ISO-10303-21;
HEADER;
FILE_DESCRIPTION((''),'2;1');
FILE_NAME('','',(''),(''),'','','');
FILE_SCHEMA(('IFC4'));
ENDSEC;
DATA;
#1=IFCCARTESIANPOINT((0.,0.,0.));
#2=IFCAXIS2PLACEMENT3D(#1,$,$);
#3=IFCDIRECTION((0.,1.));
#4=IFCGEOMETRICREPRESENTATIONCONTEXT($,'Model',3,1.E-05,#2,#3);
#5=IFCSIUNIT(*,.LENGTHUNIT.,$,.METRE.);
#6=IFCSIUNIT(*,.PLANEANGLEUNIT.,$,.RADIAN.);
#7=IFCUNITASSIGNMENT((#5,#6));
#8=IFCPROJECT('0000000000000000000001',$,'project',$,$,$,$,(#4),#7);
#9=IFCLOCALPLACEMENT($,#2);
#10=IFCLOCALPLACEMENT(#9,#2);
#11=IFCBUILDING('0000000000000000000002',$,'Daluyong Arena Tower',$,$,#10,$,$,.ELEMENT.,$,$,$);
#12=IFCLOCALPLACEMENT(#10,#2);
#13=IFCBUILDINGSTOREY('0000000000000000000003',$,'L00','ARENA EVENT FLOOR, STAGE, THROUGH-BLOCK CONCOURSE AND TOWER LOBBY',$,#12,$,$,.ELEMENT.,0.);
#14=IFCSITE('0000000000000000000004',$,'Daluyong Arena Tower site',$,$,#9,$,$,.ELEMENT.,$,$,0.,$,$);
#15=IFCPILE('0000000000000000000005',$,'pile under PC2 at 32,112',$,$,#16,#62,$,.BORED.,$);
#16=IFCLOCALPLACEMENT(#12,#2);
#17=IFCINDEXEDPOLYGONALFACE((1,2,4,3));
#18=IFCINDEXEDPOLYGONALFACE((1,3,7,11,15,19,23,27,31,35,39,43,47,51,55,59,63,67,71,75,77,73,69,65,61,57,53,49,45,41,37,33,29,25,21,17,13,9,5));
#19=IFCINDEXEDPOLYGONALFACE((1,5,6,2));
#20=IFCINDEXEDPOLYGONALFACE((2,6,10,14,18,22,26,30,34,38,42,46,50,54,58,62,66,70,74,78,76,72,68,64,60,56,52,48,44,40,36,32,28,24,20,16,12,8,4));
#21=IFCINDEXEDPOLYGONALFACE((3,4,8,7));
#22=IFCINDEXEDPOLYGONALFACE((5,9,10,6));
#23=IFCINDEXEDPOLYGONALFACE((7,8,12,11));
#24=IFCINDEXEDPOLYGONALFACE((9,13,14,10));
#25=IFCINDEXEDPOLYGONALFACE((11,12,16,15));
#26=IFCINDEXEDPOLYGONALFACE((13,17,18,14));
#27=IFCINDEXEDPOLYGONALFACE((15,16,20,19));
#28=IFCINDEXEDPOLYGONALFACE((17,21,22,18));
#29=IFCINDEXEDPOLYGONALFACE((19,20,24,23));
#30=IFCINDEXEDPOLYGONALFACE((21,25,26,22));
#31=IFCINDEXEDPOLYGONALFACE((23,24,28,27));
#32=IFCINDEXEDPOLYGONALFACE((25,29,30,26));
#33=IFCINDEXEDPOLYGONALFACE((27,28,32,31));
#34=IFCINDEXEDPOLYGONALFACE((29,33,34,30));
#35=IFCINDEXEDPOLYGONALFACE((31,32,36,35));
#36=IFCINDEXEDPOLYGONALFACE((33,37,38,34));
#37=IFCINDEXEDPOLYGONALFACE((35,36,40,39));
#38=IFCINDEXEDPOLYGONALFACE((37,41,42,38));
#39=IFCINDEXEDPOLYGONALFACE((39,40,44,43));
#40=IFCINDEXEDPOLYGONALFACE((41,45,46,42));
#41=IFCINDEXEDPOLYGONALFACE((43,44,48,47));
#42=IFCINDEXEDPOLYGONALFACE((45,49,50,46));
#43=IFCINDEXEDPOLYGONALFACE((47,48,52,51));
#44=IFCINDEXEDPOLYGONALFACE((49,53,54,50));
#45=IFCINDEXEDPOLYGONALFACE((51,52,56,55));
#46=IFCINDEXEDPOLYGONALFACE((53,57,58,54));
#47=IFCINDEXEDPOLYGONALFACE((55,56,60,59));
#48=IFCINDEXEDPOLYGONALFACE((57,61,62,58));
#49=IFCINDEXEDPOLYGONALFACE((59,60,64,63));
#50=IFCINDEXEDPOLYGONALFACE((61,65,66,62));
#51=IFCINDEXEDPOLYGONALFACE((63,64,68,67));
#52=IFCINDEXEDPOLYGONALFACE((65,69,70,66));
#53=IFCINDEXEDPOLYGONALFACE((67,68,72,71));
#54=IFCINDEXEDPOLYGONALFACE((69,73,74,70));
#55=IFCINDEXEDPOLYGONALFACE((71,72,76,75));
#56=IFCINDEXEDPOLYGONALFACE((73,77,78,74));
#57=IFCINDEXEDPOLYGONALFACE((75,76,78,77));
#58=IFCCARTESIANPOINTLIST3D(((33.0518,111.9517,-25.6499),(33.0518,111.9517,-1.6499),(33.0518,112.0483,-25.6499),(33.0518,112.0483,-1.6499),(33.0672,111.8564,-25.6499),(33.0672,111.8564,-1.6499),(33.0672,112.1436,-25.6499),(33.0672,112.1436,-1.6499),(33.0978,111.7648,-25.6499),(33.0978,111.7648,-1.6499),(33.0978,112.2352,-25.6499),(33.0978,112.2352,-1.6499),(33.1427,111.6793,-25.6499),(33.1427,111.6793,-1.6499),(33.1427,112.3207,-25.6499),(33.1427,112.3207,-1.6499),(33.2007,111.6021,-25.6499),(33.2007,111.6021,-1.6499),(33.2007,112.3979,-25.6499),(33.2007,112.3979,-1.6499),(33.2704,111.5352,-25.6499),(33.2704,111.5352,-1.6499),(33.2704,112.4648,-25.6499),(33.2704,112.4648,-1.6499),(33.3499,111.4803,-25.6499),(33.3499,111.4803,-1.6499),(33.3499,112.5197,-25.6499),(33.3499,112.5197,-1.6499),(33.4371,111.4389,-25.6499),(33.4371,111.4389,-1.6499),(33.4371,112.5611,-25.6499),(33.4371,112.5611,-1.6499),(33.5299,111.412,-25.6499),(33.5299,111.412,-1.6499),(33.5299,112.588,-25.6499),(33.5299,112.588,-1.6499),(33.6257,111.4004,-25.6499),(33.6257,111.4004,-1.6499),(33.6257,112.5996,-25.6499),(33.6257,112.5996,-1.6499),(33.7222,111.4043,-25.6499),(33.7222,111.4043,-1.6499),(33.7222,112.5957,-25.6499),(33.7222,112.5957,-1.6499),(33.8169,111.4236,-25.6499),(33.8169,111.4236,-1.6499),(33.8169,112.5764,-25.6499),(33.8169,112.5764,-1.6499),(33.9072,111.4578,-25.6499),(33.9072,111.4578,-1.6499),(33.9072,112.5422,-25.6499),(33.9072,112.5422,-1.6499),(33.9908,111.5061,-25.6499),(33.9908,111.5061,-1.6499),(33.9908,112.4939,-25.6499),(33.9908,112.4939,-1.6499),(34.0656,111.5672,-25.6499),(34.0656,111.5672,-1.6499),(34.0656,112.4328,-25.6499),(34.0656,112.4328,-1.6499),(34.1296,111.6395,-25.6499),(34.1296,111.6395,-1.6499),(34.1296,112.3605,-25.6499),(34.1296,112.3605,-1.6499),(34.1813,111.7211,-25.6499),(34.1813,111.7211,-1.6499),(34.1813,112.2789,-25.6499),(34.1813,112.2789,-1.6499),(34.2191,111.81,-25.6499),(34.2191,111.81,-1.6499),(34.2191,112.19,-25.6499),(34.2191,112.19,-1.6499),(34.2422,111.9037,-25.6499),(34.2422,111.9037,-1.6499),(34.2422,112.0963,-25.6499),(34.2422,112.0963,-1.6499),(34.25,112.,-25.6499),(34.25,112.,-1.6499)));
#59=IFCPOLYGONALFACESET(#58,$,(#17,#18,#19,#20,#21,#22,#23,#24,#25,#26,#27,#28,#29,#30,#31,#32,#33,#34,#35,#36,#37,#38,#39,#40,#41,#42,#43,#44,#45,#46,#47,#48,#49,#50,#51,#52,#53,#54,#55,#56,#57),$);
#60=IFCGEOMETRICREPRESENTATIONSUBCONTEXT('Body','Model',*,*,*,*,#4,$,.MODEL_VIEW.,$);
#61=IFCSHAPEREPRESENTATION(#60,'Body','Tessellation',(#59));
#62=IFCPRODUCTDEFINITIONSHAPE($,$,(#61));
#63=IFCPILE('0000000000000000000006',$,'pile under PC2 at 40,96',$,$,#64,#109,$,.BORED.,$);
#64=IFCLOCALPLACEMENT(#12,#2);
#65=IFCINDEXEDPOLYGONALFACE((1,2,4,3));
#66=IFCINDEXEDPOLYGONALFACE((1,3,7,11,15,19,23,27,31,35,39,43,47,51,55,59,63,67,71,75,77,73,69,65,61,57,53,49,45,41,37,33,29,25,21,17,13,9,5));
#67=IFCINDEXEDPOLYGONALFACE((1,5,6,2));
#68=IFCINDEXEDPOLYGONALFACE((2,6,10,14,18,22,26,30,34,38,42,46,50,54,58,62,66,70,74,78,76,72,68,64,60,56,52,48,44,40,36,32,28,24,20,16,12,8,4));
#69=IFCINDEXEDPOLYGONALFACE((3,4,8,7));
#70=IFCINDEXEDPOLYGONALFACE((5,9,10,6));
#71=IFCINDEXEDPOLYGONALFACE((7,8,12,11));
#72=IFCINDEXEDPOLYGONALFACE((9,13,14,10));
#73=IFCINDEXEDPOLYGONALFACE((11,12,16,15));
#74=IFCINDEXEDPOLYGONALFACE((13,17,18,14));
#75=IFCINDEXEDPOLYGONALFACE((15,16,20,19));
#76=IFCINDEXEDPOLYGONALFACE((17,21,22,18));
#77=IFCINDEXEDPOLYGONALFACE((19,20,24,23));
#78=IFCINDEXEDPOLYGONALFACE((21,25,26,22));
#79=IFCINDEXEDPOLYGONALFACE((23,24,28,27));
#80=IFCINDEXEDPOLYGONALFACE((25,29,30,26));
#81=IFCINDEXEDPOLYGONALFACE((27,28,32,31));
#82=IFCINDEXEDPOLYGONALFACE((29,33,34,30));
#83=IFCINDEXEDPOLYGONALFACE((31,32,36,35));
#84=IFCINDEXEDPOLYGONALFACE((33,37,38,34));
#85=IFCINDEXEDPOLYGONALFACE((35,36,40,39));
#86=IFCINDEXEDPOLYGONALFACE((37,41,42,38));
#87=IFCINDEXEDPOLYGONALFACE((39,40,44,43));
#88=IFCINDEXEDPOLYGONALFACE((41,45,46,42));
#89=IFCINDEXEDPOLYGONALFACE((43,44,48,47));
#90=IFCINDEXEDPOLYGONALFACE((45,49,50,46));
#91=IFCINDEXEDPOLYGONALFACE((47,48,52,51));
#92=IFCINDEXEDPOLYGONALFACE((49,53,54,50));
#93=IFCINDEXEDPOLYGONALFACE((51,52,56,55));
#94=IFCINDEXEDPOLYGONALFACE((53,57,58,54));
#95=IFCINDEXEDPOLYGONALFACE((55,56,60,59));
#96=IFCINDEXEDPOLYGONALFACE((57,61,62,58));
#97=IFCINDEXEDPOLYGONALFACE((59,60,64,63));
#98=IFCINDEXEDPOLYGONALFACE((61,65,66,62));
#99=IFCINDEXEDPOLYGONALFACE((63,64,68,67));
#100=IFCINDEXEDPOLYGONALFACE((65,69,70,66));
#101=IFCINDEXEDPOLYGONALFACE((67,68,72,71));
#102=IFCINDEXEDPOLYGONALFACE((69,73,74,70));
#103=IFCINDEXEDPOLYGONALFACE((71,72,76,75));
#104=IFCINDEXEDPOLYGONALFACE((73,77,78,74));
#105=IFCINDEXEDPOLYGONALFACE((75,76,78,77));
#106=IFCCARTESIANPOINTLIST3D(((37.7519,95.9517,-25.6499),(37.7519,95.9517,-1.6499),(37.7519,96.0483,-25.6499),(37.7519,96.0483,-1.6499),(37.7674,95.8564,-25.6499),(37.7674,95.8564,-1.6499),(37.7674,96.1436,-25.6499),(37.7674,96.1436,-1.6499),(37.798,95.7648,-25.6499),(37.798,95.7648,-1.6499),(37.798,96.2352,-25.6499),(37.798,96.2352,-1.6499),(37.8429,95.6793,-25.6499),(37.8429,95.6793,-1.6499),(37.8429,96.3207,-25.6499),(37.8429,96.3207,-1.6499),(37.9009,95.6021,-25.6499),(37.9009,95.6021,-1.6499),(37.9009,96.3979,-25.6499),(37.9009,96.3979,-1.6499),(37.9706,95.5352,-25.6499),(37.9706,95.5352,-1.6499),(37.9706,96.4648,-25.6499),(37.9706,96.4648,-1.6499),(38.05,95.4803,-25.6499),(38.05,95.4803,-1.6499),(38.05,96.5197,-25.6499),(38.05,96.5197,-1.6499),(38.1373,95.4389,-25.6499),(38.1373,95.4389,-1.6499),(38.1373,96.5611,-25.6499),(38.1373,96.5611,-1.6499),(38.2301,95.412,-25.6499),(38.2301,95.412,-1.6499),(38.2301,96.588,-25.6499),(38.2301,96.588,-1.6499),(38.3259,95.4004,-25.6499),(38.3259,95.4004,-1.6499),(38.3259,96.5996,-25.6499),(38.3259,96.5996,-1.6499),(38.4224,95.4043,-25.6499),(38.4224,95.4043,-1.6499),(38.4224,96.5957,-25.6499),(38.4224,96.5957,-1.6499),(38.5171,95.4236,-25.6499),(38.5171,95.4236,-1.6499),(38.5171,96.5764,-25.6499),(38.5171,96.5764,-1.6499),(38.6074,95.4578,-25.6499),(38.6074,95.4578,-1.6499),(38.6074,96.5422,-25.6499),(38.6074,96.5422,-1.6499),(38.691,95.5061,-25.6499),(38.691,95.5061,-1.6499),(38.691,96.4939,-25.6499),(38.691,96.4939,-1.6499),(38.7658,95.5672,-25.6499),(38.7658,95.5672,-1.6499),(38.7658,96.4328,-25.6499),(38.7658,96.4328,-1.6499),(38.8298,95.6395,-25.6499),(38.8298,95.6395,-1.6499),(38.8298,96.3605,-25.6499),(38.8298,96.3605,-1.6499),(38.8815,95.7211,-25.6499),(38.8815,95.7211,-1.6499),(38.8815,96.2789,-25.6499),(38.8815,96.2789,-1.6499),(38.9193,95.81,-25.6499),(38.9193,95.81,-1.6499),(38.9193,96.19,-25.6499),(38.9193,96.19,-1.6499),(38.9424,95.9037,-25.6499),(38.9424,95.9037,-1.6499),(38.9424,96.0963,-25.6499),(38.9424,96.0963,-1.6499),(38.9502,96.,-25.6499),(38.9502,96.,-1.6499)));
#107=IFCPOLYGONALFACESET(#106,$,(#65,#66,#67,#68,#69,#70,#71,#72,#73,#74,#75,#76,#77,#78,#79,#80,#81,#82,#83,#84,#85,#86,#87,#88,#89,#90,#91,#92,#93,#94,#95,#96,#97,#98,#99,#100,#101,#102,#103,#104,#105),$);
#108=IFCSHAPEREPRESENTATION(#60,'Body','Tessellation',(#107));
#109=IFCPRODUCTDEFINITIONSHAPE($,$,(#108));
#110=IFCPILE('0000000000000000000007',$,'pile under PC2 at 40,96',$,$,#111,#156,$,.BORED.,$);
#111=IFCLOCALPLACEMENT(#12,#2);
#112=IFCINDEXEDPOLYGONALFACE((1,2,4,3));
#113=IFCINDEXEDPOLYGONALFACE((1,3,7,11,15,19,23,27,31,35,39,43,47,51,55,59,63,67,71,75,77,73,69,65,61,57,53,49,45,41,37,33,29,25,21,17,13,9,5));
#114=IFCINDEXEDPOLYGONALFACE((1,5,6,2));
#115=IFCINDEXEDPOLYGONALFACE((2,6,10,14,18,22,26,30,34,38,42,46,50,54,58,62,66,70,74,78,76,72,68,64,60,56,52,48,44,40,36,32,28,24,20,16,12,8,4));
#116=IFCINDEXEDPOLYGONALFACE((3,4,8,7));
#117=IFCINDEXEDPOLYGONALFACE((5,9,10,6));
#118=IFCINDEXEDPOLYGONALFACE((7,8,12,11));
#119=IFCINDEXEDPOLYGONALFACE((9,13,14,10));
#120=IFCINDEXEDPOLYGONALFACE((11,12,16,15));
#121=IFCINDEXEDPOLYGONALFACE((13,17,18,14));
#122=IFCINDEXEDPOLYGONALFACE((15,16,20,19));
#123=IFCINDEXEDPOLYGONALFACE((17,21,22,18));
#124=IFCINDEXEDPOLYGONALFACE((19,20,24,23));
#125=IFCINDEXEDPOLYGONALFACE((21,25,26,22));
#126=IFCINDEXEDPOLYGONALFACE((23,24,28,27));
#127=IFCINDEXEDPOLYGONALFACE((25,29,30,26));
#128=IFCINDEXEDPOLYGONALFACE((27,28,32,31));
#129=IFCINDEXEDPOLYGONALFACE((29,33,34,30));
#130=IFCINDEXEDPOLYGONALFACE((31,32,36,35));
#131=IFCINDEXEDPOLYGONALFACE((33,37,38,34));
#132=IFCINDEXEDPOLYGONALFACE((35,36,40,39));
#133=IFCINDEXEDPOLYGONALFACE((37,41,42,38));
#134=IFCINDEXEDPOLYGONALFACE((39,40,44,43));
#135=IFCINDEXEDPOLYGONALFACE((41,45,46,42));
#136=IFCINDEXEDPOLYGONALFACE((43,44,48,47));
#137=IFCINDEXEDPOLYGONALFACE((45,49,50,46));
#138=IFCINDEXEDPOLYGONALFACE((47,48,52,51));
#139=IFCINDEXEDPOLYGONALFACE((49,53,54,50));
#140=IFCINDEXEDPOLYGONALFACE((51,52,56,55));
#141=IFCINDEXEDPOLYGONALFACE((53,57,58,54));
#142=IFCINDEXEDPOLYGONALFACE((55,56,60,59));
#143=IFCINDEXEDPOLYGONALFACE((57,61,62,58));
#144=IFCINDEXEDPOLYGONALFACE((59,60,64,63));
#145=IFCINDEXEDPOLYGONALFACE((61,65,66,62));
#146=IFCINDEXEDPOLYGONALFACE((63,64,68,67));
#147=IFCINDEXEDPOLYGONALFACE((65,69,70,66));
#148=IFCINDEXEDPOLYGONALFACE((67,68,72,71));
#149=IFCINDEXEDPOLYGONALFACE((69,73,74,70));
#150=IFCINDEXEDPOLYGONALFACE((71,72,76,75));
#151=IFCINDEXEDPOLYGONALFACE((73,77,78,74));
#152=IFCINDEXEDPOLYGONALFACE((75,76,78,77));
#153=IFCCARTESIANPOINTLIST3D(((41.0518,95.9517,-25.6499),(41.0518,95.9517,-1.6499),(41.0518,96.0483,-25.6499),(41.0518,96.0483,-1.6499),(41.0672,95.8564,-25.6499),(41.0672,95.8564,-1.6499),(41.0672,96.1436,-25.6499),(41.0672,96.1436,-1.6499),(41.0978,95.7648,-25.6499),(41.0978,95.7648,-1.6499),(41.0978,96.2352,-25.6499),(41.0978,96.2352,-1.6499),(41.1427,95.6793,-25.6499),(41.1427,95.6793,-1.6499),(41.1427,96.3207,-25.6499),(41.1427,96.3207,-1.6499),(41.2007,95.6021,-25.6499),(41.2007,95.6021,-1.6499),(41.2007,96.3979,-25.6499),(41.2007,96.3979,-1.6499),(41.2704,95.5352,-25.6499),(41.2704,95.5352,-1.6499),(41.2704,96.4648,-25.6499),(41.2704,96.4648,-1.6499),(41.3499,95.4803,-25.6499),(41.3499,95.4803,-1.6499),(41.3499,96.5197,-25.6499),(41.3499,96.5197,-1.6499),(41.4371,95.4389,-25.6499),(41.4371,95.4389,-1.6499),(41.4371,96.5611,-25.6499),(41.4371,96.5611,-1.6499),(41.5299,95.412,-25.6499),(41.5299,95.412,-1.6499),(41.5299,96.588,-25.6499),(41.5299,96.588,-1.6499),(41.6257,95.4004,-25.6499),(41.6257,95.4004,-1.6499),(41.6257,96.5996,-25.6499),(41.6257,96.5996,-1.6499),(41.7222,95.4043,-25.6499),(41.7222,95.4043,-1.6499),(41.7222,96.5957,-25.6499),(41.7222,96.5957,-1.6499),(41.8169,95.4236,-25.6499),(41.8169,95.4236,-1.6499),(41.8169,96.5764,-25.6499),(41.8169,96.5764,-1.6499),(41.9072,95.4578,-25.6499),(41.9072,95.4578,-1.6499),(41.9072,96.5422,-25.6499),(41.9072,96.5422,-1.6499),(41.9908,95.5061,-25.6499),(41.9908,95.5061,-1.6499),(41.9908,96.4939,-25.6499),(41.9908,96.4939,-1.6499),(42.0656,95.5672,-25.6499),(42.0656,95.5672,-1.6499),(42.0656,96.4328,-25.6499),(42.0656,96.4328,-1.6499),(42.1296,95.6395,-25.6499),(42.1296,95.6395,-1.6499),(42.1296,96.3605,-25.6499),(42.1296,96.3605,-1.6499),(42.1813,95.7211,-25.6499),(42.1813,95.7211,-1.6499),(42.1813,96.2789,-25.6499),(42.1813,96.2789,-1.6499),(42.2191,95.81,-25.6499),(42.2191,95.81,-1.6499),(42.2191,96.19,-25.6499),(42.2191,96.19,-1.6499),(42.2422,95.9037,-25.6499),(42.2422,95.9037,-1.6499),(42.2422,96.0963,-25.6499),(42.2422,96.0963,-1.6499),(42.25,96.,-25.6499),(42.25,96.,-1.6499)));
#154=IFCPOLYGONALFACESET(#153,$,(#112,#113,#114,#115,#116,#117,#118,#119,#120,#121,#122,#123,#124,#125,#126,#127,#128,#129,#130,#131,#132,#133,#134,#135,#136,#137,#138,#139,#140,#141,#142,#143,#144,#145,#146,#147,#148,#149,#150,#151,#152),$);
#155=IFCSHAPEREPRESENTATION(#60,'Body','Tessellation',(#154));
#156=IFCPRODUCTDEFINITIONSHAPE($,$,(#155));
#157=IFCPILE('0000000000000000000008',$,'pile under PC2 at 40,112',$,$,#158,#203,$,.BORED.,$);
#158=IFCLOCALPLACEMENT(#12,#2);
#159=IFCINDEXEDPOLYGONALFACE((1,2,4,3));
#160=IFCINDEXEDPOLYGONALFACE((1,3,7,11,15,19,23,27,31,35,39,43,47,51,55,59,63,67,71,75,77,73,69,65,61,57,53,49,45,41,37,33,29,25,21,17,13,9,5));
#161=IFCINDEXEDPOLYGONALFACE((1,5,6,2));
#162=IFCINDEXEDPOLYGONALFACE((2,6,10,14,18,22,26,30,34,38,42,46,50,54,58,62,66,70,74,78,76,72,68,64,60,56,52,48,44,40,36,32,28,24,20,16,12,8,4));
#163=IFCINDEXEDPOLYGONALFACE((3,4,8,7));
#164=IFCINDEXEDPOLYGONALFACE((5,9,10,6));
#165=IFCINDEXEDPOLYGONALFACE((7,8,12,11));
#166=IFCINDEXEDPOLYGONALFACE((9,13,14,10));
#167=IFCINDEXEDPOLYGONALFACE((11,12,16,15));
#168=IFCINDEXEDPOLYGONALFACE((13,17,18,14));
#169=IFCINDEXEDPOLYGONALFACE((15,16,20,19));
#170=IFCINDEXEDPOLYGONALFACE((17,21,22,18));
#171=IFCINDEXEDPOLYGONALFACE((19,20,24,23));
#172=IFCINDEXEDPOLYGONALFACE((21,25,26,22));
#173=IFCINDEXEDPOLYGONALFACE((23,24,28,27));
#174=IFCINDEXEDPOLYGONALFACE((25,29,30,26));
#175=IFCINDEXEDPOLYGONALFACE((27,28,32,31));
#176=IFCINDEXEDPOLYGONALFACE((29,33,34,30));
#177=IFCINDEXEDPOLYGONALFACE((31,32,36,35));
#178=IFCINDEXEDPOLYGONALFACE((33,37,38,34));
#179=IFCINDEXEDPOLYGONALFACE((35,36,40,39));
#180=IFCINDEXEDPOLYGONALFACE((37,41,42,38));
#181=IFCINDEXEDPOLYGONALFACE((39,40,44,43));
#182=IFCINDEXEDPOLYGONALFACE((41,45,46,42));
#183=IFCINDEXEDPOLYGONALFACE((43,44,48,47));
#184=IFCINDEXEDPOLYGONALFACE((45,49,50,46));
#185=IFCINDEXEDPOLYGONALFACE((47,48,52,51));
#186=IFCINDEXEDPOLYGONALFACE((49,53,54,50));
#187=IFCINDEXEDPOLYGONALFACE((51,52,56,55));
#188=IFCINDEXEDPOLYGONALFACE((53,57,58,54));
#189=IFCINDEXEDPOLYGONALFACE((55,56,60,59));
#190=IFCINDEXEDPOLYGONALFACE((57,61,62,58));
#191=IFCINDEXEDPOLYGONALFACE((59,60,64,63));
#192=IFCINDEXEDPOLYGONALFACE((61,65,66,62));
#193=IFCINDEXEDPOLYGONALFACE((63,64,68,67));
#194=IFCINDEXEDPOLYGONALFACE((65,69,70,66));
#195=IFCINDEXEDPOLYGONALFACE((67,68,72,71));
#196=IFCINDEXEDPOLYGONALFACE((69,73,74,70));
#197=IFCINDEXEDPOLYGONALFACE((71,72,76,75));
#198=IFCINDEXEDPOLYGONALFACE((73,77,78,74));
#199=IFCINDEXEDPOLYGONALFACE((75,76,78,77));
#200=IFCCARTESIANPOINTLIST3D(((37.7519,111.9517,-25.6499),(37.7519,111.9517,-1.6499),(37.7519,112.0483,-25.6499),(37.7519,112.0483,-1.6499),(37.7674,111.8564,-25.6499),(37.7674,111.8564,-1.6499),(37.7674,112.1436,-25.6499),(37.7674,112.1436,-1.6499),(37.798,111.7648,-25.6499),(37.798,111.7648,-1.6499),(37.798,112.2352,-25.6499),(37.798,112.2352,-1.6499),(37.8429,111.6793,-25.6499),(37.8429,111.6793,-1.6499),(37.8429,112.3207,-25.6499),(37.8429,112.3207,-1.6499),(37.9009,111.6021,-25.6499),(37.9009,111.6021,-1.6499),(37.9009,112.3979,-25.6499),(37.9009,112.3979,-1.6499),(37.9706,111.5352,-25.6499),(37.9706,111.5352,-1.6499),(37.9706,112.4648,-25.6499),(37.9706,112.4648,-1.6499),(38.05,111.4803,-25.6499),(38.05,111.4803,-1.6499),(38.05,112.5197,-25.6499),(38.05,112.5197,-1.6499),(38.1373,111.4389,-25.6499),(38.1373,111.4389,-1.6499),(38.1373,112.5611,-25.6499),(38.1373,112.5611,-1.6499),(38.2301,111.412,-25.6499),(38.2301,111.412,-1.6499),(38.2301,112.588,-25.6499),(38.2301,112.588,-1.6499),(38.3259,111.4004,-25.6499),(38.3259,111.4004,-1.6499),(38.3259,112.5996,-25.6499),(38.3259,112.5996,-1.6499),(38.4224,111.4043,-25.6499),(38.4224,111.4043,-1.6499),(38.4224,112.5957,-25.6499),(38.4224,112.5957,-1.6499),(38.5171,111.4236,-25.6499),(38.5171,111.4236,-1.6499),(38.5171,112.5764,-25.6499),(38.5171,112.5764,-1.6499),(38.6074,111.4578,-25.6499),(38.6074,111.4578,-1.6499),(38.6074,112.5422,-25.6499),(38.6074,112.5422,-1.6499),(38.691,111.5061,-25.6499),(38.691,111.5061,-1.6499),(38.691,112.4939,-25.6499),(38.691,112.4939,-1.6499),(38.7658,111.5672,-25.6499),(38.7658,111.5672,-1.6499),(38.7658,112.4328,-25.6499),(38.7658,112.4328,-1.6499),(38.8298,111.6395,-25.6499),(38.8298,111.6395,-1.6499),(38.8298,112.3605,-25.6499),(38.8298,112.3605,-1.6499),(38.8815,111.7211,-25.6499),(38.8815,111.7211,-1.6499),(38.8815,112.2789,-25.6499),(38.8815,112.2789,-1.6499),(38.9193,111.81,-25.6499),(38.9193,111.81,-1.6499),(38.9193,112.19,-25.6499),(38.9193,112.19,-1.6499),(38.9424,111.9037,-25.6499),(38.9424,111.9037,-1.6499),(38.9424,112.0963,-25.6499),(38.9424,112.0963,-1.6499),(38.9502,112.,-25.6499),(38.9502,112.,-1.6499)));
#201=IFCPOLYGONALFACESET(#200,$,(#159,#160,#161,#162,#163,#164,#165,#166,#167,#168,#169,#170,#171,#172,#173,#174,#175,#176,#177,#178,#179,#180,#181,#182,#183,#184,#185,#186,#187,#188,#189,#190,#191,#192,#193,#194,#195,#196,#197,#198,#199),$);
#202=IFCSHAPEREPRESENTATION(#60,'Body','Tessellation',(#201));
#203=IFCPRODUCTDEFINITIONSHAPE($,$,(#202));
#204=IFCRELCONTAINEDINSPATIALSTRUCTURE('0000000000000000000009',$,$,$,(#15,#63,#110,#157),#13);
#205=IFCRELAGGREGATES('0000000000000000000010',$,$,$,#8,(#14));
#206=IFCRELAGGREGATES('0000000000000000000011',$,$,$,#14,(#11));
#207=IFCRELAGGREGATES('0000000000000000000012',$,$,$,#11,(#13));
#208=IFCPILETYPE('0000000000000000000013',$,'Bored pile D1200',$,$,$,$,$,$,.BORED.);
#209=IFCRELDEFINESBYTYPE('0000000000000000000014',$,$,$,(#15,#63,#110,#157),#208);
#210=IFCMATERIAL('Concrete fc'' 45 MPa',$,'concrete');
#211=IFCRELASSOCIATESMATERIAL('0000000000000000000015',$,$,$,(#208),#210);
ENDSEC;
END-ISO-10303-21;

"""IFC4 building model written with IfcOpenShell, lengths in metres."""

from ifc_helpers import new_model, si_unit, direction, frame, origin, origin_2d, place, context, subcontext, project, spatial, circle, extrude, material, type_object, element, save


model = new_model("IFC4")

# Units and contexts
model_context = context("Model", 3, precision=1e-05, world=origin(), true_north=direction((0.0, 1.0)))
body_context = subcontext(model_context, "Body", "Model", "MODEL_VIEW")
ifc_project = project(units=[si_unit("LENGTHUNIT", "METRE"), si_unit("PLANEANGLEUNIT", "RADIAN")], contexts=[model_context])

# Site, building, storey
site_placement = place(None, origin())
site = spatial("IfcSite", under=ifc_project, at=site_placement, Name="Daluyong Arena Tower site", CompositionType="ELEMENT", RefElevation=0.0)
building_placement = place(site_placement, origin())
building = spatial("IfcBuilding", under=site, at=building_placement, Name="Daluyong Arena Tower", CompositionType="ELEMENT")
storey_placement = place(building_placement, origin())
storey = spatial("IfcBuildingStorey", under=building, at=storey_placement, Name="L00", Description="ARENA EVENT FLOOR, STAGE, THROUGH-BLOCK CONCOURSE AND TOWER LOBBY", CompositionType="ELEMENT", Elevation=0.0)

# Piles
ifc_material_1 = material(Name="Concrete fc' 45 MPa", Category="concrete")
pile_type_1 = type_object("IfcPileType", Name="Bored pile D1200", PredefinedType="BORED", material=ifc_material_1)
for number, where, z_axis, x_axis, name in (
    (1, (33.6499, 112.0, -1.6499), (0.0, 0.0, -1.0), (1.0, 0.0, 0.0), "pile under PC2 at 32,112"),
    (2, (38.3501, 96.0, -1.6499), (0.0, 0.0, -1.0), (1.0, 0.0, 0.0), "pile under PC2 at 40,96"),
    (3, (41.6499, 96.0, -1.6499), (0.0, 0.0, -1.0), (1.0, 0.0, 0.0), "pile under PC2 at 40,96"),
    (4, (38.3501, 112.0, -1.6499), (0.0, 0.0, -1.0), (1.0, 0.0, 0.0), "pile under PC2 at 40,112"),
):
    element("IfcPile", number, at=place(storey_placement, frame(where, z_axis=z_axis, x_axis=x_axis)), inside=storey, type_object=pile_type_1, Name=name, PredefinedType="BORED", context=body_context, shape_type="SweptSolid", body=[
        extrude(circle(Radius=0.6001, at=origin_2d()), origin(), (0.0, 0.0, 1.0), 24.0),
    ])

save(model, "model.ifc")
